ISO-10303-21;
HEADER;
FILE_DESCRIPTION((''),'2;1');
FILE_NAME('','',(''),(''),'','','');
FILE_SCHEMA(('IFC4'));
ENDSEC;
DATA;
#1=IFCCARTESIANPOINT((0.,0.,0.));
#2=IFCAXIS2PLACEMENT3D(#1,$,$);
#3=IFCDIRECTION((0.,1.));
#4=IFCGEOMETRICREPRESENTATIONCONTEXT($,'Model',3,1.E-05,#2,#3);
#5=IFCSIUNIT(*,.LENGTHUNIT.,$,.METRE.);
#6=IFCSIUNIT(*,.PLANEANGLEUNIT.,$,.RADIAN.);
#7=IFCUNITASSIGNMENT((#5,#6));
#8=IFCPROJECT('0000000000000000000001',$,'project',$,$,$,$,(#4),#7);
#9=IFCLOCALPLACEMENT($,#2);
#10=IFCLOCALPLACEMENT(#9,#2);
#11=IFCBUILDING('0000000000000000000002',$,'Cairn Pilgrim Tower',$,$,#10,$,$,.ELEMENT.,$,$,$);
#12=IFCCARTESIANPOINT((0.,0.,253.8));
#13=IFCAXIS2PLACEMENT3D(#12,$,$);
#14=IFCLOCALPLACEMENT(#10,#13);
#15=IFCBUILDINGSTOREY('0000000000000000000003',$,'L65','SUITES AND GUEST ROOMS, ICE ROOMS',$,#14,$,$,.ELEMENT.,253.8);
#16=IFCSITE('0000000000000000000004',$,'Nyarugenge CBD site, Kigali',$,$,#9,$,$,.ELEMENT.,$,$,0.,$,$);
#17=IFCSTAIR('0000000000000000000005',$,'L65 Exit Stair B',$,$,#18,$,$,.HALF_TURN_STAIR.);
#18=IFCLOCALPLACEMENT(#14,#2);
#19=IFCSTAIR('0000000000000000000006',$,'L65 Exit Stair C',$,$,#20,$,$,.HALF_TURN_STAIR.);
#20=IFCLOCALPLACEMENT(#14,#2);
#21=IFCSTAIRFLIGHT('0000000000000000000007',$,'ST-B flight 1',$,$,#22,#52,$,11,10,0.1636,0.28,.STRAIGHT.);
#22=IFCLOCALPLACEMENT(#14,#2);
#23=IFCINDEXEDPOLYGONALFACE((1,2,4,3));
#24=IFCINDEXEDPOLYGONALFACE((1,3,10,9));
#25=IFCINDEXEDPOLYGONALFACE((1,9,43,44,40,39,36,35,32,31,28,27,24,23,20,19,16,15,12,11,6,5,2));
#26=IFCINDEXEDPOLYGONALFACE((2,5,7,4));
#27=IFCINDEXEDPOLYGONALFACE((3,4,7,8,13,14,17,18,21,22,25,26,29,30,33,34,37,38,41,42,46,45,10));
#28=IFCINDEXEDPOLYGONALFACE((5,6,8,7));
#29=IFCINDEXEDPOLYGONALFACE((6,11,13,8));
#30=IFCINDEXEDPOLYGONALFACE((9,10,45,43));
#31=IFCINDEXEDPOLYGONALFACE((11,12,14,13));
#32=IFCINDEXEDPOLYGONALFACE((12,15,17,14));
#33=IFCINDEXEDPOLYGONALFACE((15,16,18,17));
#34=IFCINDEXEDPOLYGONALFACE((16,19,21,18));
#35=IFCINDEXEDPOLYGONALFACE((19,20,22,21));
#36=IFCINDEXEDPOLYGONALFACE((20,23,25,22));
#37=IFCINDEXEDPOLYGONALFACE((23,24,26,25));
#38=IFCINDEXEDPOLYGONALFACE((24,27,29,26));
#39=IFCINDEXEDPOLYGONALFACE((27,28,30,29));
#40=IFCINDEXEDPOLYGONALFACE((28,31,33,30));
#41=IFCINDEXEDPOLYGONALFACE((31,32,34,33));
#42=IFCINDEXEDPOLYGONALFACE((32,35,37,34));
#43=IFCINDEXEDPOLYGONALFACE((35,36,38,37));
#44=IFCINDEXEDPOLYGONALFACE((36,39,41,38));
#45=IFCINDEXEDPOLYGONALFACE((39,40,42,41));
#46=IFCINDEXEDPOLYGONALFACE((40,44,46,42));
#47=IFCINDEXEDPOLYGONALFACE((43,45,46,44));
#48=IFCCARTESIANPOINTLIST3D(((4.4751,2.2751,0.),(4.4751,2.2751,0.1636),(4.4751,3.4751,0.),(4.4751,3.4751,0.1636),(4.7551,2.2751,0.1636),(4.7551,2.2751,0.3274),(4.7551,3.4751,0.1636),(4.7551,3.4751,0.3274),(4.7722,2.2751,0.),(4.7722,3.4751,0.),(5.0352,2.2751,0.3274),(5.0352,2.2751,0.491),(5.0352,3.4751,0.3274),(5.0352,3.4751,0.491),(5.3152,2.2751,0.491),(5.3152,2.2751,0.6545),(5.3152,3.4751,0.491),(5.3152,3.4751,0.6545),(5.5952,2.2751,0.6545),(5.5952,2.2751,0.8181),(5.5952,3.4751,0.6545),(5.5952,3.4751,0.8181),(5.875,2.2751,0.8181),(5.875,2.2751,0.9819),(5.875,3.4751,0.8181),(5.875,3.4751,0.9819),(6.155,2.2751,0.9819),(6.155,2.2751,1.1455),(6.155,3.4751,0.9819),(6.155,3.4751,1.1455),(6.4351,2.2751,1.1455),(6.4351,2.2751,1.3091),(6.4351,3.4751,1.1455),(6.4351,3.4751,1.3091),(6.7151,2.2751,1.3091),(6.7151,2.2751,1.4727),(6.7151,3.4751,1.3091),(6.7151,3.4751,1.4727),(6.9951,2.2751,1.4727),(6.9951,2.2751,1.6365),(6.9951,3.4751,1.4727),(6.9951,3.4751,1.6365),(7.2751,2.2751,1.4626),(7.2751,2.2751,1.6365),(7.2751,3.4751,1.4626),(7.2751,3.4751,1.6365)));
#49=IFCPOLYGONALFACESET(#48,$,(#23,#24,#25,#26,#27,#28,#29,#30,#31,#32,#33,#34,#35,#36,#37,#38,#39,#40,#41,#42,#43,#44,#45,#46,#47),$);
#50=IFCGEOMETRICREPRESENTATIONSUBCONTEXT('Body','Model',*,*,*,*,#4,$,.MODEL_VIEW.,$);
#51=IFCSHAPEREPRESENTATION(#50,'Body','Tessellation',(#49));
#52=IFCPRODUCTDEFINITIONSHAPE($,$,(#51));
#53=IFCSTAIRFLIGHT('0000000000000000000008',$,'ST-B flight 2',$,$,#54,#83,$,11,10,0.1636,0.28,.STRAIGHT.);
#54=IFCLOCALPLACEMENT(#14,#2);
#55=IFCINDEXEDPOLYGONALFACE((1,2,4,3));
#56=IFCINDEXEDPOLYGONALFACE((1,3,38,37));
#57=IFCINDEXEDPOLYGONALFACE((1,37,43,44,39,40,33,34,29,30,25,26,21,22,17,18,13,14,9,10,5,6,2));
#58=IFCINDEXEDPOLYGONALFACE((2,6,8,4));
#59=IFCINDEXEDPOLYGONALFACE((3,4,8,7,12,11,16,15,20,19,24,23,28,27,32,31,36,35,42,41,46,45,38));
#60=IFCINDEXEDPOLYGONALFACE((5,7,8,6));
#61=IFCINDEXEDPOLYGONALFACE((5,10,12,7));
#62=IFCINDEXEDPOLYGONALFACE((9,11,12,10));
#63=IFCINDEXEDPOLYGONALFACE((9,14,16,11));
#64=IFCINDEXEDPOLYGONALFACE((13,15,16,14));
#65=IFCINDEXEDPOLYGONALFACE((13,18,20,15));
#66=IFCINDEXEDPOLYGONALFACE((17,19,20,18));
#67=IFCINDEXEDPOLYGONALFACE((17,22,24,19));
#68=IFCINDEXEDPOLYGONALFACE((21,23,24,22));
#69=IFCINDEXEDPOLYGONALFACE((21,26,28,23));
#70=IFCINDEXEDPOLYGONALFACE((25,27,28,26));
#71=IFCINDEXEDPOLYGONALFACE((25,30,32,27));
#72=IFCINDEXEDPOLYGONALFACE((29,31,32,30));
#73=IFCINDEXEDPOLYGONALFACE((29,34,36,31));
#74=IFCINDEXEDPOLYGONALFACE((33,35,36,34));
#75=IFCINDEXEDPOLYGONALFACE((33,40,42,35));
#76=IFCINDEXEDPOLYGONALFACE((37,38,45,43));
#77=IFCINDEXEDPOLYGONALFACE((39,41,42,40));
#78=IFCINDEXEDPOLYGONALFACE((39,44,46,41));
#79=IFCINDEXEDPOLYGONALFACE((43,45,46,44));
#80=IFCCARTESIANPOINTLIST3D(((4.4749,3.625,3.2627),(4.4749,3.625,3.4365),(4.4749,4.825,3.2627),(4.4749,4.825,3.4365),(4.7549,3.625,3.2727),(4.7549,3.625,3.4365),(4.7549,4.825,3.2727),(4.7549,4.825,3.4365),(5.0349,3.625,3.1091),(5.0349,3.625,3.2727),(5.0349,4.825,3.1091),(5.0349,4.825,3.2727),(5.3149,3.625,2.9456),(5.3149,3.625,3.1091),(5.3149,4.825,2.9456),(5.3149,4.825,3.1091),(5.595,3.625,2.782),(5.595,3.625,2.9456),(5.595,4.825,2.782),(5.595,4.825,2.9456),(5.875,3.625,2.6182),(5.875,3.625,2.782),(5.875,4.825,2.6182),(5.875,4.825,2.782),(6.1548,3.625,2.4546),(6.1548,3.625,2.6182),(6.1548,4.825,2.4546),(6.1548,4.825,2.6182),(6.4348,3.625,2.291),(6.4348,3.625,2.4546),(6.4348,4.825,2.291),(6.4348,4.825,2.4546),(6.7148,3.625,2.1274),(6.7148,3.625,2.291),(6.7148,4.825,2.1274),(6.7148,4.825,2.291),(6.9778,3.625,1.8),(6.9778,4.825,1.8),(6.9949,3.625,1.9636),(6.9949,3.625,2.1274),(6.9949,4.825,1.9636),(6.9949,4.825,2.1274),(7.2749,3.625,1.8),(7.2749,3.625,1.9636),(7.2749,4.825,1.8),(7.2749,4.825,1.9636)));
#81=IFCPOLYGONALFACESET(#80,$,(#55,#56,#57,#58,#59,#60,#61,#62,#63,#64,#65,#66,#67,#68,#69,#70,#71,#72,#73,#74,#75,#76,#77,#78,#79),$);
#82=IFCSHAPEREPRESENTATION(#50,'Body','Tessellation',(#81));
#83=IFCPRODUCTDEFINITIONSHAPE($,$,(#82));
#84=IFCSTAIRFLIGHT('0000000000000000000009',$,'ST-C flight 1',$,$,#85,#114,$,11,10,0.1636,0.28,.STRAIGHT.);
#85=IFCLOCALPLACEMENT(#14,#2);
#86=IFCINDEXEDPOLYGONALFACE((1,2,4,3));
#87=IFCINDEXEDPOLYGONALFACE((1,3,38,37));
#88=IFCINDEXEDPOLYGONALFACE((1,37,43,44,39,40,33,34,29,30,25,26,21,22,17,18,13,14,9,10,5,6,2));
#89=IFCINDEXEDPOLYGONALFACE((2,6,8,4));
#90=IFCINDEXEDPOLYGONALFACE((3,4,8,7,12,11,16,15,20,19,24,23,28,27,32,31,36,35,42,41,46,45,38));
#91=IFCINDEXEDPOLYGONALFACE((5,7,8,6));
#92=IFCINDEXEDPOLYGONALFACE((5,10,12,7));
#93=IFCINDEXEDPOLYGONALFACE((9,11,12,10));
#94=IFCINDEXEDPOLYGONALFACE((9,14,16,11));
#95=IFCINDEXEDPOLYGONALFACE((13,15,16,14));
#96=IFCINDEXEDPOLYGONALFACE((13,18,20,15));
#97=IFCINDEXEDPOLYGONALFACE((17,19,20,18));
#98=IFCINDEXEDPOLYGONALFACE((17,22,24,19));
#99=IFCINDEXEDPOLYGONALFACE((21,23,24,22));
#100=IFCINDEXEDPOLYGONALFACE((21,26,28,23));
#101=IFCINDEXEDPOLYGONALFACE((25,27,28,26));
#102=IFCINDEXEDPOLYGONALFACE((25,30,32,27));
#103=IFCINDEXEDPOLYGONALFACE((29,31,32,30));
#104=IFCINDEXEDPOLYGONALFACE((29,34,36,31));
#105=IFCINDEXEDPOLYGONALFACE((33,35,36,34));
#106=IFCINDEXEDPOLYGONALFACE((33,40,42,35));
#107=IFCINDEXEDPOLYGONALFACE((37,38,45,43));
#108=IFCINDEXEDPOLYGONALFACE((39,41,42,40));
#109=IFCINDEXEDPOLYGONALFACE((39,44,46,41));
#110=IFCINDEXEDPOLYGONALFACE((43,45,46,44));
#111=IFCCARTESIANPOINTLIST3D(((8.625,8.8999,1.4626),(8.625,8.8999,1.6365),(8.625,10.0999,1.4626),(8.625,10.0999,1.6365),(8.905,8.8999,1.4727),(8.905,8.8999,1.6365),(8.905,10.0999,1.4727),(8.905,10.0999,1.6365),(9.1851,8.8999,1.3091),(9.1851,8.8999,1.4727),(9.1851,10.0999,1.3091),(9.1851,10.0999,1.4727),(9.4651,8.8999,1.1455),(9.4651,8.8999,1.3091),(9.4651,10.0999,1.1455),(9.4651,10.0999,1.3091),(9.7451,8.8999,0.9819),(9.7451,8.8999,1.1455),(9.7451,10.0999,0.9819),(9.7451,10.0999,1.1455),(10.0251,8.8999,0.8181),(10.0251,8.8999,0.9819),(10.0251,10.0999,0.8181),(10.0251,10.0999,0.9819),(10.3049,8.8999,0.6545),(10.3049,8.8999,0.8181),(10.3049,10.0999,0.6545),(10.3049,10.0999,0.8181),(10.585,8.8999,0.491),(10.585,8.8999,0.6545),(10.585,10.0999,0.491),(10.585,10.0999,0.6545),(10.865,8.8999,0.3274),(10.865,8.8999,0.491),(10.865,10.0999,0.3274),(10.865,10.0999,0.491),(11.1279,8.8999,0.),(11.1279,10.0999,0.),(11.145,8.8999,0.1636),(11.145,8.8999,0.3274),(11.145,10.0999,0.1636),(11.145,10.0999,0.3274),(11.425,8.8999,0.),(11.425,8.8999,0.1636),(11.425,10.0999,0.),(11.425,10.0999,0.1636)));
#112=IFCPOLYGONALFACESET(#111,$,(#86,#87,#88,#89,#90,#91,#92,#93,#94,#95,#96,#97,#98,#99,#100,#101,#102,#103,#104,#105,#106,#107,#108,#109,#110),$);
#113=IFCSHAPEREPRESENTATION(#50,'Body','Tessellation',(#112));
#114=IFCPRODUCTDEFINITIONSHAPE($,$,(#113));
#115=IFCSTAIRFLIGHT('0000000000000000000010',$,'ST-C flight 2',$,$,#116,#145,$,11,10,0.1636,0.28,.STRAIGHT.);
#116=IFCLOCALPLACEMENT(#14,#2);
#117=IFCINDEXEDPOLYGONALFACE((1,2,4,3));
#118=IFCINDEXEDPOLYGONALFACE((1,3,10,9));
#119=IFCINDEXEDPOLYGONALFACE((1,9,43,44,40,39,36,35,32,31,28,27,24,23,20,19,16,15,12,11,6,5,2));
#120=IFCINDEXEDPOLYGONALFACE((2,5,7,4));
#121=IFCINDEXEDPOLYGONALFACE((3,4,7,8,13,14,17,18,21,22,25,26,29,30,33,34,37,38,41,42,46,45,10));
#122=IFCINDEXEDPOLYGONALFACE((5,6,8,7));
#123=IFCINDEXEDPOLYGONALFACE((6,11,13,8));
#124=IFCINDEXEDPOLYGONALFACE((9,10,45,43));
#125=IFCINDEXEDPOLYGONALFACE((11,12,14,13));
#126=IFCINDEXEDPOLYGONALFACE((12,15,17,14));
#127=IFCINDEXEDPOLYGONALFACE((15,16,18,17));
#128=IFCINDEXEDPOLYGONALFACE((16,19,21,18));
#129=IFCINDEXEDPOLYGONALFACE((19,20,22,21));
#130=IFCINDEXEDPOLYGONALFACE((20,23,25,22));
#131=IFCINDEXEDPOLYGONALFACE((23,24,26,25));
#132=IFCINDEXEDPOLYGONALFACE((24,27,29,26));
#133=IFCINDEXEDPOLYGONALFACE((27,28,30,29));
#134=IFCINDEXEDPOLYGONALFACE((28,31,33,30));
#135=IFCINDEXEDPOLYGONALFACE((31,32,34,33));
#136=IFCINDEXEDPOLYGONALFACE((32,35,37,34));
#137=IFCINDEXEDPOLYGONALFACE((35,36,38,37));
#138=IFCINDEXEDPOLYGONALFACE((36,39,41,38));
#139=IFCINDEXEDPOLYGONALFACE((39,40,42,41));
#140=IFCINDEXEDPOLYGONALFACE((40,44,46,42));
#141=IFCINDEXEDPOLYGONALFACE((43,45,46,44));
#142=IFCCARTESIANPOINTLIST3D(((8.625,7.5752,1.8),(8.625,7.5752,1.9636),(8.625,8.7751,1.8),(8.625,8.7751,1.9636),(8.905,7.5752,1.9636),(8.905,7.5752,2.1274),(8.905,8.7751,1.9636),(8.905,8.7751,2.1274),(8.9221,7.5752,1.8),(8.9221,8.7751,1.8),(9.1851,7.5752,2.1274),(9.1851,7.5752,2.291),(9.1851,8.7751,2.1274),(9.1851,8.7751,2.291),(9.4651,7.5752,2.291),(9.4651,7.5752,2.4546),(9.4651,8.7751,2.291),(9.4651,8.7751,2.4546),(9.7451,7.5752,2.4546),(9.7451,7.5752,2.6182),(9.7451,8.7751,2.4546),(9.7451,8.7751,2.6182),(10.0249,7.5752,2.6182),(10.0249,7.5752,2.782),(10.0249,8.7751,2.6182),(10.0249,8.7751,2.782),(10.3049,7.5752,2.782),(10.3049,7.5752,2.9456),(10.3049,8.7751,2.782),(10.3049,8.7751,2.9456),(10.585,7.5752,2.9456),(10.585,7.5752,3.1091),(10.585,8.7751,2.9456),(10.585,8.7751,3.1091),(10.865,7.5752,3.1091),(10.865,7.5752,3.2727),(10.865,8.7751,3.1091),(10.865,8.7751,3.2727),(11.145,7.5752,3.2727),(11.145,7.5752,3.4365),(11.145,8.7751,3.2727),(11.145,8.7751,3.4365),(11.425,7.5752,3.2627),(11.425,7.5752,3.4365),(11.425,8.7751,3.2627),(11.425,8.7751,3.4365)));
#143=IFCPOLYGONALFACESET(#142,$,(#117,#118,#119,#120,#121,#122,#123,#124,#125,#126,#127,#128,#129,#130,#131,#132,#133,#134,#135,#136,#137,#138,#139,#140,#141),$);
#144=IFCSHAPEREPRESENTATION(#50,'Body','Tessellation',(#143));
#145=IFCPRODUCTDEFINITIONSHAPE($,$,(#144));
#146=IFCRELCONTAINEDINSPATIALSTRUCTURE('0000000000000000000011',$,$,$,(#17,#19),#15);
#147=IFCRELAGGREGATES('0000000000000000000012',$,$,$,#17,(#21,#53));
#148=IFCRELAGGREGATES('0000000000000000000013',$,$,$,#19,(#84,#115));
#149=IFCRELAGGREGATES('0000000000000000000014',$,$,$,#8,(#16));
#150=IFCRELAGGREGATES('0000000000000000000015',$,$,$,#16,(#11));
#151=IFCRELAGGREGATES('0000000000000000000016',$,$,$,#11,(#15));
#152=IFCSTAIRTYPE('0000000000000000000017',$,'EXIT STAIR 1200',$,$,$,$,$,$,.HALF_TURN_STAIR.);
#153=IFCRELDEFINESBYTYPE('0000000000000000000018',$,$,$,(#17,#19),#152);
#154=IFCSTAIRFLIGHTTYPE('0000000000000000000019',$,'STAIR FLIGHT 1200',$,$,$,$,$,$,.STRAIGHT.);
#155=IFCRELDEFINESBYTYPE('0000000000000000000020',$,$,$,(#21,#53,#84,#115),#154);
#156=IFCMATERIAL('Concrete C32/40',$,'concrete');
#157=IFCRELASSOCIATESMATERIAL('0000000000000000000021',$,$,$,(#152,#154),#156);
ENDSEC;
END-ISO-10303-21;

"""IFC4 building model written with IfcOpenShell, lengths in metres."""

from ifc_helpers import new_model, si_unit, direction, frame, origin, place, context, subcontext, project, spatial, polyline, outline, extrude, material, type_object, element, aggregate, save


model = new_model("IFC4")

# Units and contexts
model_context = context("Model", 3, precision=1e-05, world=origin(), true_north=direction((0.0, 1.0)))
body_context = subcontext(model_context, "Body", "Model", "MODEL_VIEW")
ifc_project = project(units=[si_unit("LENGTHUNIT", "METRE"), si_unit("PLANEANGLEUNIT", "RADIAN")], contexts=[model_context])

# Site, building, storey
site_placement = place(None, origin())
site = spatial("IfcSite", under=ifc_project, at=site_placement, Name="Nyarugenge CBD site, Kigali", CompositionType="ELEMENT", RefElevation=0.0)
building_placement = place(site_placement, origin())
building = spatial("IfcBuilding", under=site, at=building_placement, Name="Cairn Pilgrim Tower", CompositionType="ELEMENT")
storey_placement = place(building_placement, frame((0.0, 0.0, 253.8)))
storey = spatial("IfcBuildingStorey", under=building, at=storey_placement, Name="L65", Description="SUITES AND GUEST ROOMS, ICE ROOMS", CompositionType="ELEMENT", Elevation=253.8)

# Stairs
ifc_material_1 = material(Name="Concrete C32/40", Category="concrete")
stair_type = type_object("IfcStairType", Name="EXIT STAIR 1200", PredefinedType="HALF_TURN_STAIR", material=ifc_material_1)
stair_1_placement = place(storey_placement, origin())
stair_1 = element("IfcStair", 1, at=stair_1_placement, inside=storey, type_object=stair_type, Name="L65 Exit Stair B", PredefinedType="HALF_TURN_STAIR")
stair_2_placement = place(storey_placement, origin())
stair_2 = element("IfcStair", 2, at=stair_2_placement, inside=storey, type_object=stair_type, Name="L65 Exit Stair C", PredefinedType="HALF_TURN_STAIR")

# Stair flights
stair_flight_type = type_object("IfcStairFlightType", Name="STAIR FLIGHT 1200", PredefinedType="STRAIGHT", material=ifc_material_1)
stair_flight_1_placement = place(storey_placement, frame((4.4751, 2.875, 0.0), z_axis=(0.0, 0.0, 1.0), x_axis=(1.0, 0.0, 0.0)))
stair_flight_1 = element("IfcStairFlight", 3, at=stair_flight_1_placement, type_object=stair_flight_type, Name="ST-B flight 1", NumberOfRisers=11, NumberOfTreads=10, PredefinedType="STRAIGHT", RiserHeight=0.1636, TreadLength=0.28, context=body_context, shape_type="SweptSolid", body=[
    extrude(outline(polyline([(0.0, 0.0), (0.0, 0.1636), (0.28, 0.1636), (0.28, 0.3274), (0.5601, 0.3274), (0.5601, 0.491), (0.8401, 0.491), (0.8401, 0.6545), (1.1201, 0.6545), (1.1201, 0.8181), (1.3999, 0.8181), (1.3999, 0.9819), (1.6799, 0.9819), (1.6799, 1.1455), (1.96, 1.1455), (1.96, 1.3091), (2.24, 1.3091), (2.24, 1.4727), (2.52, 1.4727), (2.52, 1.6365), (2.8, 1.6365), (2.8, 1.8), (2.8, 1.4626), (0.2971, 0.0), (0.0, 0.0)])), frame((0.0, 0.6001, 0.0), z_axis=(0.0, -1.0, 0.0), x_axis=(1.0, 0.0, 0.0)), (0.0, 0.0, 1.0), 1.2),
])
stair_flight_2_placement = place(storey_placement, frame((7.2749, 4.2251, 1.8), z_axis=(0.0, 0.0, 1.0), x_axis=(-1.0, 0.0, 0.0)))
stair_flight_2 = element("IfcStairFlight", 4, at=stair_flight_2_placement, type_object=stair_flight_type, Name="ST-B flight 2", NumberOfRisers=11, NumberOfTreads=10, PredefinedType="STRAIGHT", RiserHeight=0.1636, TreadLength=0.28, context=body_context, shape_type="SweptSolid", body=[
    extrude(outline(polyline([(0.0, 0.0), (0.0, 0.1636), (0.28, 0.1636), (0.28, 0.3274), (0.5601, 0.3274), (0.5601, 0.491), (0.8401, 0.491), (0.8401, 0.6545), (1.1201, 0.6545), (1.1201, 0.8181), (1.3999, 0.8181), (1.3999, 0.9819), (1.6799, 0.9819), (1.6799, 1.1455), (1.96, 1.1455), (1.96, 1.3091), (2.24, 1.3091), (2.24, 1.4727), (2.52, 1.4727), (2.52, 1.6365), (2.8, 1.6365), (2.8, 1.8), (2.8, 1.4626), (0.2971, 0.0), (0.0, 0.0)])), frame((0.0, 0.6001, 0.0), z_axis=(0.0, -1.0, 0.0), x_axis=(1.0, 0.0, 0.0)), (0.0, 0.0, 1.0), 1.2),
])
aggregate(stair_1, [stair_flight_1, stair_flight_2])
stair_flight_3_placement = place(storey_placement, frame((11.425, 9.5, 0.0), z_axis=(0.0, 0.0, 1.0), x_axis=(-1.0, 0.0, 0.0)))
stair_flight_3 = element("IfcStairFlight", 5, at=stair_flight_3_placement, type_object=stair_flight_type, Name="ST-C flight 1", NumberOfRisers=11, NumberOfTreads=10, PredefinedType="STRAIGHT", RiserHeight=0.1636, TreadLength=0.28, context=body_context, shape_type="SweptSolid", body=[
    extrude(outline(polyline([(0.0, 0.0), (0.0, 0.1636), (0.28, 0.1636), (0.28, 0.3274), (0.5601, 0.3274), (0.5601, 0.491), (0.8401, 0.491), (0.8401, 0.6545), (1.1201, 0.6545), (1.1201, 0.8181), (1.3999, 0.8181), (1.3999, 0.9819), (1.6799, 0.9819), (1.6799, 1.1455), (1.96, 1.1455), (1.96, 1.3091), (2.24, 1.3091), (2.24, 1.4727), (2.52, 1.4727), (2.52, 1.6365), (2.8, 1.6365), (2.8, 1.8), (2.8, 1.4626), (0.2971, 0.0), (0.0, 0.0)])), frame((0.0, 0.6001, 0.0), z_axis=(0.0, -1.0, 0.0), x_axis=(1.0, 0.0, 0.0)), (0.0, 0.0, 1.0), 1.2),
])
stair_flight_4_placement = place(storey_placement, frame((8.625, 8.175, 1.8), z_axis=(0.0, 0.0, 1.0), x_axis=(1.0, 0.0, 0.0)))
stair_flight_4 = element("IfcStairFlight", 6, at=stair_flight_4_placement, type_object=stair_flight_type, Name="ST-C flight 2", NumberOfRisers=11, NumberOfTreads=10, PredefinedType="STRAIGHT", RiserHeight=0.1636, TreadLength=0.28, context=body_context, shape_type="SweptSolid", body=[
    extrude(outline(polyline([(0.0, 0.0), (0.0, 0.1636), (0.28, 0.1636), (0.28, 0.3274), (0.5601, 0.3274), (0.5601, 0.491), (0.8401, 0.491), (0.8401, 0.6545), (1.1201, 0.6545), (1.1201, 0.8181), (1.3999, 0.8181), (1.3999, 0.9819), (1.6799, 0.9819), (1.6799, 1.1455), (1.96, 1.1455), (1.96, 1.3091), (2.24, 1.3091), (2.24, 1.4727), (2.52, 1.4727), (2.52, 1.6365), (2.8, 1.6365), (2.8, 1.8), (2.8, 1.4626), (0.2971, 0.0), (0.0, 0.0)])), frame((0.0, 0.6001, 0.0), z_axis=(0.0, -1.0, 0.0), x_axis=(1.0, 0.0, 0.0)), (0.0, 0.0, 1.0), 1.2),
])
aggregate(stair_2, [stair_flight_3, stair_flight_4])

save(model, "model.ifc")
